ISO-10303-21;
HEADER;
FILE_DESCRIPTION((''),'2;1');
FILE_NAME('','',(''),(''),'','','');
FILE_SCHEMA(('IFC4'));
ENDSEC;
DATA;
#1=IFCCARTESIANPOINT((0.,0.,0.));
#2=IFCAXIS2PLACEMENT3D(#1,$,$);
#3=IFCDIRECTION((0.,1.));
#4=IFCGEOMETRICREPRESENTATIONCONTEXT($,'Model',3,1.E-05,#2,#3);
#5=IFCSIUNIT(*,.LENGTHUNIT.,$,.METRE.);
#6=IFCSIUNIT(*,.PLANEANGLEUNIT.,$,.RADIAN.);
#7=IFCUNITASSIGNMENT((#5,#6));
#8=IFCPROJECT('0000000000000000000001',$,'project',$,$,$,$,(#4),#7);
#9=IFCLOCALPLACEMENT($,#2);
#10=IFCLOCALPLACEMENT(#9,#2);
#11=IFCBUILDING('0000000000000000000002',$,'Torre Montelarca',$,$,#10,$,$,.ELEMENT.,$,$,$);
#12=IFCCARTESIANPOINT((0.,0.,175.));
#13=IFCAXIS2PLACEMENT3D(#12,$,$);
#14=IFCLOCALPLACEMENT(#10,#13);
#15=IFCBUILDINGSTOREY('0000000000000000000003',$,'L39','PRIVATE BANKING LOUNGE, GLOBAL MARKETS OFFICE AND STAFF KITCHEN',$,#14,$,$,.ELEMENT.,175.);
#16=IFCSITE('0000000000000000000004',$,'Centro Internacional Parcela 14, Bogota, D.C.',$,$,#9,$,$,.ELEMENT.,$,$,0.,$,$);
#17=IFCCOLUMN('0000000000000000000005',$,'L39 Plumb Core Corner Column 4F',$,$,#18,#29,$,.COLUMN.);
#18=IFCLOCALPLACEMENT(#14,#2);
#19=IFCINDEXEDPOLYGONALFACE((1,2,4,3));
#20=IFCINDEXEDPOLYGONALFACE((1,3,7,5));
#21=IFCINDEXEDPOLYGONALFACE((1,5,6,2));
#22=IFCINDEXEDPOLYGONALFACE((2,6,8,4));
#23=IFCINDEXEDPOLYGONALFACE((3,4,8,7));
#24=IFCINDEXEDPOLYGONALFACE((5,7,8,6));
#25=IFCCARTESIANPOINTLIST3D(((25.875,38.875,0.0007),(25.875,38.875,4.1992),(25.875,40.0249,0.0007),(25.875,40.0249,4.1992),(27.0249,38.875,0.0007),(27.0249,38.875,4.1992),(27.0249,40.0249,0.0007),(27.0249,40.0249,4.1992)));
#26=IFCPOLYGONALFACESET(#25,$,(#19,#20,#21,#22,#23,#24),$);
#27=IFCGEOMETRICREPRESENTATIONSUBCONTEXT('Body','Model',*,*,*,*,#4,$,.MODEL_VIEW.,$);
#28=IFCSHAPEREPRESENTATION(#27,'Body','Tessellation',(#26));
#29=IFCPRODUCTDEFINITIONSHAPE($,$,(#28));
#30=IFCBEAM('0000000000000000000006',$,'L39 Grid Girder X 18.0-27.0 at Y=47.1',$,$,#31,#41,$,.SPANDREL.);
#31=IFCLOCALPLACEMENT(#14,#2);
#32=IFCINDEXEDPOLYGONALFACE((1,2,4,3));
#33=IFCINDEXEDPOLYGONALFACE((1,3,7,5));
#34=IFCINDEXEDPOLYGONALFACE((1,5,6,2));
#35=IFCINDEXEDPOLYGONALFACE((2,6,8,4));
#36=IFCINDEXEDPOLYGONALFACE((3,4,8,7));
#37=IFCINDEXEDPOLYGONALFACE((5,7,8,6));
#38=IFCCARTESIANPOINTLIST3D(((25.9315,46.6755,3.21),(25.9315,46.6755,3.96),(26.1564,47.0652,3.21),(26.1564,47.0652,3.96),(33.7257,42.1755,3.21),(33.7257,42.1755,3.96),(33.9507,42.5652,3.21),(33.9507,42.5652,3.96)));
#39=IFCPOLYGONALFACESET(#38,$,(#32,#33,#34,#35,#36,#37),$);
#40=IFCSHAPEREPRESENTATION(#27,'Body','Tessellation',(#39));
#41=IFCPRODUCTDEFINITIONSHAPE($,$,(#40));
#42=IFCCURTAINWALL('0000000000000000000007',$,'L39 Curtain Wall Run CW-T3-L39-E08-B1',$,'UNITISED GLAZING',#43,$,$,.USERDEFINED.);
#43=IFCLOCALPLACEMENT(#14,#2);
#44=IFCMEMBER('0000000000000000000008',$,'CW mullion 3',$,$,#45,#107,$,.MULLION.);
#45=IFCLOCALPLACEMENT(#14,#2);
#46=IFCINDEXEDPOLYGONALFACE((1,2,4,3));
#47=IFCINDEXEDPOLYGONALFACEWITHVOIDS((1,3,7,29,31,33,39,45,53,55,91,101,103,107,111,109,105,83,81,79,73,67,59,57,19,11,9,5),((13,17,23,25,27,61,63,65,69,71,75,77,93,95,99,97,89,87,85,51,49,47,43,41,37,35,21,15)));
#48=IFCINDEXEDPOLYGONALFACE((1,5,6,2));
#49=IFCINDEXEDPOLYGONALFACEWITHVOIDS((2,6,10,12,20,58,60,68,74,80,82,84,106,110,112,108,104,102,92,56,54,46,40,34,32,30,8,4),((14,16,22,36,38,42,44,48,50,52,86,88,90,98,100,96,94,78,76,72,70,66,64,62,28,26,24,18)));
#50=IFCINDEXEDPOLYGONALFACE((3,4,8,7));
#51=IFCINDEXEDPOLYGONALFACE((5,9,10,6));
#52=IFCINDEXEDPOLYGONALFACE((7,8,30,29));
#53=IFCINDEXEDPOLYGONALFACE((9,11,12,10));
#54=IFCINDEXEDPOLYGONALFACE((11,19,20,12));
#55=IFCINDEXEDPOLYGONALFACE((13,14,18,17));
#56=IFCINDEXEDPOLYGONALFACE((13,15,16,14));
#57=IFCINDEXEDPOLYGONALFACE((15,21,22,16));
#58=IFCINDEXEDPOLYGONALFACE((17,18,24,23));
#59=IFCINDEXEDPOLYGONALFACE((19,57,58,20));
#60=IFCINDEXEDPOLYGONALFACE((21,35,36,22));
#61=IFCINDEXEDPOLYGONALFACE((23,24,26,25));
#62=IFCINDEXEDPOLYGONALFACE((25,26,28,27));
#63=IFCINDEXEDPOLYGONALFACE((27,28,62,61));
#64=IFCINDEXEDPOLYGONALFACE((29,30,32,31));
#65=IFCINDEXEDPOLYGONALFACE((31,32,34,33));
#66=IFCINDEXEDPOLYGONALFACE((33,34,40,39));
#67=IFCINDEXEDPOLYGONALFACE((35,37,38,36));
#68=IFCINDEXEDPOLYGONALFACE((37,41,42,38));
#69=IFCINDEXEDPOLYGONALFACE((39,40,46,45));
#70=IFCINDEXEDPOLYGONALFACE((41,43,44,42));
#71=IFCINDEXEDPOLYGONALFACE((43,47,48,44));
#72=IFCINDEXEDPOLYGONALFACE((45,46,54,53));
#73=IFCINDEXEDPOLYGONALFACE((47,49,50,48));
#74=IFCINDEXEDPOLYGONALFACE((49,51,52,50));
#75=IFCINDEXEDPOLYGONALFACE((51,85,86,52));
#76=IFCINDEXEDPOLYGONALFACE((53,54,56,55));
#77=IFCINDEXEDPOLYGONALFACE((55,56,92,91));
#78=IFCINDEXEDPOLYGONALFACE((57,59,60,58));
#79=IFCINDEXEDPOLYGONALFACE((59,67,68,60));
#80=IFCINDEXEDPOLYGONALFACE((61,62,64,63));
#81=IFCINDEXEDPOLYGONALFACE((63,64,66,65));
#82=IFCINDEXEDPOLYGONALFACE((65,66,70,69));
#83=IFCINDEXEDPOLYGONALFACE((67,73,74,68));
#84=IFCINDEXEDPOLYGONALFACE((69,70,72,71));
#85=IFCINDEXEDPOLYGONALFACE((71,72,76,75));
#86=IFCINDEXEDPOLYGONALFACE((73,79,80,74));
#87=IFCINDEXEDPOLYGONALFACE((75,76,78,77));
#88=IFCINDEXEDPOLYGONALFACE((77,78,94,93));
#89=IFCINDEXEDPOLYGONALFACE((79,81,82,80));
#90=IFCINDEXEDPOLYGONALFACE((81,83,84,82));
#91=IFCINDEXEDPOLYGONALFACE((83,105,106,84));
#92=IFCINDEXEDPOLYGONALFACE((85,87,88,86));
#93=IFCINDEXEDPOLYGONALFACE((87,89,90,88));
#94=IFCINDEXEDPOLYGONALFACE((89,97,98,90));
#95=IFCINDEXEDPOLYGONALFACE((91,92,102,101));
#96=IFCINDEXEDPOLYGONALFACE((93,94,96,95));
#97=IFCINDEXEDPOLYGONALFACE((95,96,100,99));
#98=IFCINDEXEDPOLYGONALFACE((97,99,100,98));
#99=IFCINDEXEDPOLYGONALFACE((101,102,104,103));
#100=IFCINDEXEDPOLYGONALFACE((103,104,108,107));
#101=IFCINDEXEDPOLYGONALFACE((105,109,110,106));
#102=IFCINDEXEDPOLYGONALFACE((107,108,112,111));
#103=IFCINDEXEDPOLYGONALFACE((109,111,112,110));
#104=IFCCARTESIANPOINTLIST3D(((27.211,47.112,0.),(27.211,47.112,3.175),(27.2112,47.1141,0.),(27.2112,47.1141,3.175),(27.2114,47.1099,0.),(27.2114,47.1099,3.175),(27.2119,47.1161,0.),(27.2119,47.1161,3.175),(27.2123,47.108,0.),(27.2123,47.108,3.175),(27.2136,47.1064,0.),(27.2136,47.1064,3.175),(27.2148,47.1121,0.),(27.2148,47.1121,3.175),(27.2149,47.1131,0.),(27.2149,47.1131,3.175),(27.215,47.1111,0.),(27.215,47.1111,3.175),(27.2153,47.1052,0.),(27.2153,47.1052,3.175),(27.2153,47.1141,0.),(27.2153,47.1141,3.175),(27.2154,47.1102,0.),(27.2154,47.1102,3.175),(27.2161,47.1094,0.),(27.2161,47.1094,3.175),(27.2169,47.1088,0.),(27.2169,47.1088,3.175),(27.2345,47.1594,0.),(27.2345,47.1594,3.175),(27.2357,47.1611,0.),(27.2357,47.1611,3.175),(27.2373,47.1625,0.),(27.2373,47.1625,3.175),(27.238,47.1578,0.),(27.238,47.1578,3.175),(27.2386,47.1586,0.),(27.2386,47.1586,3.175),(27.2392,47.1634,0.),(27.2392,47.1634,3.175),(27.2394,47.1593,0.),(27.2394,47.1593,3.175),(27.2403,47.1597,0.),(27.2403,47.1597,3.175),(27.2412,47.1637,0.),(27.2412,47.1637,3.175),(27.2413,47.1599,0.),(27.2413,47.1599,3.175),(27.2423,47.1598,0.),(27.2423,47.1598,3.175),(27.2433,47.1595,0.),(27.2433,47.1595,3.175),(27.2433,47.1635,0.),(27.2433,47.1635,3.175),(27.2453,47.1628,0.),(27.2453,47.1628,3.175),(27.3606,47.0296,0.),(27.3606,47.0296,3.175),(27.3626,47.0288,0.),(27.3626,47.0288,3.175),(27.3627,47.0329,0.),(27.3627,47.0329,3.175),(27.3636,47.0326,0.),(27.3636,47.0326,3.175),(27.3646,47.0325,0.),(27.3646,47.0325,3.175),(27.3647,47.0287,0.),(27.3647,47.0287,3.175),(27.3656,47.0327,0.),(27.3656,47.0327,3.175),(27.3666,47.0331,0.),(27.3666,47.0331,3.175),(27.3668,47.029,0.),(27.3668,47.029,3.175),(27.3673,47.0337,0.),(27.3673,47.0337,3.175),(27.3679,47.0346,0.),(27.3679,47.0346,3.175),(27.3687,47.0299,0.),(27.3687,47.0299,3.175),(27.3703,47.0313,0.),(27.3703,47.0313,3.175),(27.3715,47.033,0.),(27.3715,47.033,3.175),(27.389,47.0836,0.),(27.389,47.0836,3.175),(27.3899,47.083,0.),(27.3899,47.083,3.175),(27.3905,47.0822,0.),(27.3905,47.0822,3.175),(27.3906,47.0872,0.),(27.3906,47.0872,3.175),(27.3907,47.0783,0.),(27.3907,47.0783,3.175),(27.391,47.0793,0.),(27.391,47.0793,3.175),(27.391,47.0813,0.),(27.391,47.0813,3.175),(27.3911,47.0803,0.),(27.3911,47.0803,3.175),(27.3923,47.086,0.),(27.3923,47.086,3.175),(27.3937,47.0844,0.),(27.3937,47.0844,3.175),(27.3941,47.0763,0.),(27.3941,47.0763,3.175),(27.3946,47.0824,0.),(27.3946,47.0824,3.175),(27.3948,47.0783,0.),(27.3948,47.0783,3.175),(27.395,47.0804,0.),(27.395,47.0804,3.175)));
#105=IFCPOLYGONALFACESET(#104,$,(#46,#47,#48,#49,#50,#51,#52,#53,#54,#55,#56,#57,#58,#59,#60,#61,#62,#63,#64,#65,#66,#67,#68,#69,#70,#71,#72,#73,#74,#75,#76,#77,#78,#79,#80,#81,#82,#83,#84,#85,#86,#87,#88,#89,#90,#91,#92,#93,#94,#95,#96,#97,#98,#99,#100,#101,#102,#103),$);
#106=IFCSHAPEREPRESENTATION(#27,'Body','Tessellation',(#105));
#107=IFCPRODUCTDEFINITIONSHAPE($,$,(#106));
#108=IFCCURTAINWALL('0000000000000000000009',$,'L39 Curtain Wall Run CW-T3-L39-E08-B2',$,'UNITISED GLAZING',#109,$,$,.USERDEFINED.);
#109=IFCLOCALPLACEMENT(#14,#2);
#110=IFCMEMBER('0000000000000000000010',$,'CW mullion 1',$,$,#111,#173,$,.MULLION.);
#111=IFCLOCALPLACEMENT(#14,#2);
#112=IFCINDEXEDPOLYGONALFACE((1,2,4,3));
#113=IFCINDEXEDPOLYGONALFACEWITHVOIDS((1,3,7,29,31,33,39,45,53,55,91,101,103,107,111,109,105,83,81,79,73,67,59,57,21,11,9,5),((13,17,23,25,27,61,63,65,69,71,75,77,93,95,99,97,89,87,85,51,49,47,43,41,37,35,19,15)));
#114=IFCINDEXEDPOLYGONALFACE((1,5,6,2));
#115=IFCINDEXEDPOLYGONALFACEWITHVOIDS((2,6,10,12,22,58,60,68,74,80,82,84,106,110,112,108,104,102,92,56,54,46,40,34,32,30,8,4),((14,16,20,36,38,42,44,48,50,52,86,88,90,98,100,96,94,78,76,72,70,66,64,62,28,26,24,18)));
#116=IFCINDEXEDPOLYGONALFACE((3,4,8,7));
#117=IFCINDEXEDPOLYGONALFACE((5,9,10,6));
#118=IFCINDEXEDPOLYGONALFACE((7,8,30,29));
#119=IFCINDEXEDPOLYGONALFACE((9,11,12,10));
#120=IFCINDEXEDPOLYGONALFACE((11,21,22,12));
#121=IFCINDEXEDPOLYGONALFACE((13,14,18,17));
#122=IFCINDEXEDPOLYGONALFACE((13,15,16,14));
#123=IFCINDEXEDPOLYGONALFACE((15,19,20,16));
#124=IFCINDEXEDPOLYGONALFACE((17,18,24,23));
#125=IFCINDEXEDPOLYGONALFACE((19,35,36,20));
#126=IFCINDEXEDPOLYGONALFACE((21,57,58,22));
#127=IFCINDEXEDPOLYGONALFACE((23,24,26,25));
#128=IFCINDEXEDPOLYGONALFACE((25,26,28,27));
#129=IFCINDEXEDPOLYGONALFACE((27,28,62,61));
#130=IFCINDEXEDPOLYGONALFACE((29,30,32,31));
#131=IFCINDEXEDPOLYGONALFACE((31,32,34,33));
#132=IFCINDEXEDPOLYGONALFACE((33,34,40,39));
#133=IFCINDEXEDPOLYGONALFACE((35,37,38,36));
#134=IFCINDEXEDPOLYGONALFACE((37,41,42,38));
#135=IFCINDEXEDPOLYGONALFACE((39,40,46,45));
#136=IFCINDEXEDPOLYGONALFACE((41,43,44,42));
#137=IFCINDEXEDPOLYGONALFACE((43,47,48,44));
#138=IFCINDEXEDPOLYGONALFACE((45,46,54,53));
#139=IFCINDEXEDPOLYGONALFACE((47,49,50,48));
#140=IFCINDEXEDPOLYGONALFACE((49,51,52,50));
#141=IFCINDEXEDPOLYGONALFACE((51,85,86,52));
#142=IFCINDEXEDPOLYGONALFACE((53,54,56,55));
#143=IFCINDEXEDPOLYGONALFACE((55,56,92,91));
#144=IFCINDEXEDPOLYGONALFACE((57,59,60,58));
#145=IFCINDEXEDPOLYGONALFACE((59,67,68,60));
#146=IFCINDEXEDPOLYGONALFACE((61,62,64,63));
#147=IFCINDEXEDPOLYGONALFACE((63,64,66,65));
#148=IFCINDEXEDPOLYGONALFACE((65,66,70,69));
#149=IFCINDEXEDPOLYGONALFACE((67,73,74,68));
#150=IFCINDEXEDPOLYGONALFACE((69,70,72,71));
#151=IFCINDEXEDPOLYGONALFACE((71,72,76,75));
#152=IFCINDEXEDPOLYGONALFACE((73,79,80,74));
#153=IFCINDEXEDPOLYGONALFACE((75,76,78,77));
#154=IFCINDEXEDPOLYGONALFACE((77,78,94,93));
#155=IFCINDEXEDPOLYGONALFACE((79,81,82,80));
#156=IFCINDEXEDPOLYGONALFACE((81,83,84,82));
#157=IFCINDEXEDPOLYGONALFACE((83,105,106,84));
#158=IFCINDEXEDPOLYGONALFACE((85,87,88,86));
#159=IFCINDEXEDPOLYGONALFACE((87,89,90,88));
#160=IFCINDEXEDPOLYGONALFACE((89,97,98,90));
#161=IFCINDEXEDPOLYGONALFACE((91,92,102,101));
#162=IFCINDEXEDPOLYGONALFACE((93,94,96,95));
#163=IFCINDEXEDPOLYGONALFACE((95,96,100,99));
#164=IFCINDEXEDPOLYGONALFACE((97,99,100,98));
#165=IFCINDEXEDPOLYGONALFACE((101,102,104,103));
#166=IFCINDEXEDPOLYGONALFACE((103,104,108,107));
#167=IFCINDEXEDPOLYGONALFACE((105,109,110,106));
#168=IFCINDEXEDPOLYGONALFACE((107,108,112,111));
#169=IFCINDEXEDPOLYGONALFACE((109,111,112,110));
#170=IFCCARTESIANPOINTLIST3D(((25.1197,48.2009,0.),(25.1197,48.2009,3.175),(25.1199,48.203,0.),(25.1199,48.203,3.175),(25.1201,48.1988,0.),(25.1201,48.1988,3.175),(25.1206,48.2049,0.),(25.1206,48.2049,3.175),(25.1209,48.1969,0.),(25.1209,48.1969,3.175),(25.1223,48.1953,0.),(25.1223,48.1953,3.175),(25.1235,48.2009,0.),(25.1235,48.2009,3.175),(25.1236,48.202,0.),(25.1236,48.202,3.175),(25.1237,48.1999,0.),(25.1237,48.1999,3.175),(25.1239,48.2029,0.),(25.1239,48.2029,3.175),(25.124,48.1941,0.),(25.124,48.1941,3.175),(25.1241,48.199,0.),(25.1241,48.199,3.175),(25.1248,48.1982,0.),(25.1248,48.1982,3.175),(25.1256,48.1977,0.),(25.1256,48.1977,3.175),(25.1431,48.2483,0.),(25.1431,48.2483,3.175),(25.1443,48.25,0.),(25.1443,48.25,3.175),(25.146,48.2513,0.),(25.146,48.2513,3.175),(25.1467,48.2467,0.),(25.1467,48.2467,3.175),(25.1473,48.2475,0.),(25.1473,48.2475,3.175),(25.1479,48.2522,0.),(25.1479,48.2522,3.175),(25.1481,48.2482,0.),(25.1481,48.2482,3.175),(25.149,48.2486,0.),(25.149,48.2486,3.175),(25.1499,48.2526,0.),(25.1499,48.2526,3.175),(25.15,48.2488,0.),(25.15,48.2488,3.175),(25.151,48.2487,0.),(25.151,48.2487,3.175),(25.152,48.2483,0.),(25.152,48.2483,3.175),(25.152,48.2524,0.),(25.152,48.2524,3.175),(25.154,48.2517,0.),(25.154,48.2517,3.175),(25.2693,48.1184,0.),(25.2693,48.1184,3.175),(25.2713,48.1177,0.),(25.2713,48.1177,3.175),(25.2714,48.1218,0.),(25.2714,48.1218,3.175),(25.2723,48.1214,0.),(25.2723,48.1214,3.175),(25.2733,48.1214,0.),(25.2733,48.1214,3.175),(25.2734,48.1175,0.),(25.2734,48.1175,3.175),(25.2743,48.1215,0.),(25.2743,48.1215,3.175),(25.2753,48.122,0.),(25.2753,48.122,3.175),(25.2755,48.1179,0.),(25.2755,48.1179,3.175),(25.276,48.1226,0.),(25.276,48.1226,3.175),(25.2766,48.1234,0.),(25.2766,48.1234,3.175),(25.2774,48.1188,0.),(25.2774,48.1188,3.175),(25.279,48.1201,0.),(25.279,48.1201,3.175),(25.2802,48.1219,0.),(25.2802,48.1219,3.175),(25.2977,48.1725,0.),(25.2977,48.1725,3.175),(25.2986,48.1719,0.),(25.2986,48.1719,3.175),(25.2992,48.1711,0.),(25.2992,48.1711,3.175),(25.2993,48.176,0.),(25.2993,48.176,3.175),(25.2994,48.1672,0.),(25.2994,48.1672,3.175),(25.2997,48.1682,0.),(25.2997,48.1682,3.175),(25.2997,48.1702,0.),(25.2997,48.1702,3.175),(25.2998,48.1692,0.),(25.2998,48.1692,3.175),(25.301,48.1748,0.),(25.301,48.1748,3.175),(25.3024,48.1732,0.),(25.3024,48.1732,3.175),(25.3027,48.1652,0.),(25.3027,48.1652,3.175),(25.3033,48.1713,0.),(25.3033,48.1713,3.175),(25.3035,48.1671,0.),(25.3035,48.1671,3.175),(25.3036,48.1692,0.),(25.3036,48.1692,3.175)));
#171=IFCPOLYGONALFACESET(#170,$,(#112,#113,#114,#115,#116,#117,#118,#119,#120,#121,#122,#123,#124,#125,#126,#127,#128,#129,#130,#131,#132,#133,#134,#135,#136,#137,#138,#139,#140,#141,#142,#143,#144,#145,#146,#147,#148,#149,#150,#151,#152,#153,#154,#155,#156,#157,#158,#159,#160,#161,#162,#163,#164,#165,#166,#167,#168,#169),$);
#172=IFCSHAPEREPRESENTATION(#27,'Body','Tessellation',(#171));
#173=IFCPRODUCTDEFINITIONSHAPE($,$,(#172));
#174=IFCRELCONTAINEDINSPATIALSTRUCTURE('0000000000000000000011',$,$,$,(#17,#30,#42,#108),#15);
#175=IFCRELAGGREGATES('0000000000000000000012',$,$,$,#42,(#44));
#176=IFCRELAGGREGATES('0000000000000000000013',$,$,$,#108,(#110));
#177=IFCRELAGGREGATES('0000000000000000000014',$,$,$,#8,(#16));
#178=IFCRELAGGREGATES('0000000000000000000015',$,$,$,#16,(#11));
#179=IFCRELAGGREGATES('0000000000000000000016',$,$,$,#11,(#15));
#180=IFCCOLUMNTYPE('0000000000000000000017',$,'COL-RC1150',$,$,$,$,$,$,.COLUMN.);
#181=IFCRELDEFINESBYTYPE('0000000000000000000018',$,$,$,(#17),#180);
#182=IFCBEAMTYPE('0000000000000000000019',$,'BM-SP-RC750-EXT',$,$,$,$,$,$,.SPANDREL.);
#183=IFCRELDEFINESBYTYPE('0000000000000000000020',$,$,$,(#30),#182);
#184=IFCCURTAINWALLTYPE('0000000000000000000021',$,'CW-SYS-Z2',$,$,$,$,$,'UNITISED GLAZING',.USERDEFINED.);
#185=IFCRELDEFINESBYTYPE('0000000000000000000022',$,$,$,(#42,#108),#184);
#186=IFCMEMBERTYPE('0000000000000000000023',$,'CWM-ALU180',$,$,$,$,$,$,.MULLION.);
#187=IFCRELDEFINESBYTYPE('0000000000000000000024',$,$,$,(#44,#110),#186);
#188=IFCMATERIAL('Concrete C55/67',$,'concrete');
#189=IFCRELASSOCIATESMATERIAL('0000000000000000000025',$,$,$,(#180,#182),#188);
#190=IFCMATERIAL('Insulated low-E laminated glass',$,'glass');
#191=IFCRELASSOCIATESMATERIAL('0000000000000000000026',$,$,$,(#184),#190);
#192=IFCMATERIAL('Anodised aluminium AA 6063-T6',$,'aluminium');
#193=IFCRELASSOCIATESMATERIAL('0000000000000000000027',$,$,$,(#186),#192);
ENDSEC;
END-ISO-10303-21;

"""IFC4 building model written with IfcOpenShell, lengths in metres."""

from ifc_helpers import new_model, si_unit, direction, frame, origin, origin_2d, place, context, subcontext, project, spatial, rectangle, hollow_rectangle, extrude, source, transform, mapped, material, material_profile, profile_set, type_object, element, aggregate, save


model = new_model("IFC4")

# Units and contexts
model_context = context("Model", 3, precision=1e-05, world=origin(), true_north=direction((0.0, 1.0)))
body_context = subcontext(model_context, "Body", "Model", "MODEL_VIEW")
ifc_project = project(units=[si_unit("LENGTHUNIT", "METRE"), si_unit("PLANEANGLEUNIT", "RADIAN")], contexts=[model_context])

# Site, building, storey
site_placement = place(None, origin())
site = spatial("IfcSite", under=ifc_project, at=site_placement, Name="Centro Internacional Parcela 14, Bogota, D.C.", CompositionType="ELEMENT", RefElevation=0.0)
building_placement = place(site_placement, origin())
building = spatial("IfcBuilding", under=site, at=building_placement, Name="Torre Montelarca", CompositionType="ELEMENT")
storey_placement = place(building_placement, frame((0.0, 0.0, 175.0)))
storey = spatial("IfcBuildingStorey", under=building, at=storey_placement, Name="L39", Description="PRIVATE BANKING LOUNGE, GLOBAL MARKETS OFFICE AND STAFF KITCHEN", CompositionType="ELEMENT", Elevation=175.0)

# Column
ifc_material_1 = material(Name="Concrete C55/67", Category="concrete")
ifc_material_profile_1 = material_profile(ifc_material_1, rectangle(XDim=1.1499, YDim=1.1499, at=origin_2d()), Name="RC1150X1150", Category="concrete")
ifc_profile_set_1 = profile_set([ifc_material_profile_1], Name="Concrete C55/67")
column_type_1 = type_object("IfcColumnType", Name="COL-RC1150", PredefinedType="COLUMN", material=ifc_profile_set_1)
shared_shape_1 = source(origin(), body_context, "Body", "SweptSolid", [
    extrude(rectangle(XDim=1.1499, YDim=1.1499, at=origin_2d()), origin(), (0.0, 0.0, 1.0), 4.1985),
])
column_1_placement = place(storey_placement, frame((26.45, 39.45, 0.0007), z_axis=(0.0, 0.0, 1.0), x_axis=(1.0, 0.0, 0.0)))
element("IfcColumn", 1, at=column_1_placement, inside=storey, type_object=column_type_1, Name="L39 Plumb Core Corner Column 4F", PredefinedType="COLUMN", context=body_context, shape_type="MappedRepresentation", body=[
    mapped(shared_shape_1, transform((0.0, 0.0, 0.0), scale=1.0)),
])

# Beam
ifc_material_profile_2 = material_profile(ifc_material_1, rectangle(XDim=0.45, YDim=0.75, at=origin_2d()), Name="RCB450X750", Category="concrete")
ifc_profile_set_2 = profile_set([ifc_material_profile_2], Name="Concrete C55/67")
beam_type = type_object("IfcBeamType", Name="BM-SP-RC750-EXT", PredefinedType="SPANDREL", material=ifc_profile_set_2)
shared_shape_2 = source(origin(), body_context, "Body", "SweptSolid", [
    extrude(rectangle(XDim=0.45, YDim=0.75, at=origin_2d()), origin(), (0.0, 0.0, 1.0), 9.0),
])
beam_placement = place(storey_placement, frame((26.0439, 46.8704, 3.585), z_axis=(0.866024, -0.500002, 0.0), x_axis=(0.500002, 0.866024, 0.0)))
element("IfcBeam", 2, at=beam_placement, inside=storey, type_object=beam_type, Name="L39 Grid Girder X 18.0-27.0 at Y=47.1", PredefinedType="SPANDREL", context=body_context, shape_type="MappedRepresentation", body=[
    mapped(shared_shape_2, transform((0.0, 0.0, 0.0), scale=1.0)),
])

# Curtain wall, member
ifc_material_2 = material(Name="Insulated low-E laminated glass", Category="glass")
curtain_wall_type = type_object("IfcCurtainWallType", Name="CW-SYS-Z2", ElementType="UNITISED GLAZING", PredefinedType="USERDEFINED", material=ifc_material_2)
curtain_wall_1_placement = place(storey_placement, origin())
curtain_wall_1 = element("IfcCurtainWall", 3, at=curtain_wall_1_placement, inside=storey, type_object=curtain_wall_type, Name="L39 Curtain Wall Run CW-T3-L39-E08-B1", ObjectType="UNITISED GLAZING", PredefinedType="USERDEFINED")
ifc_material_3 = material(Name="Anodised aluminium AA 6063-T6", Category="aluminium")
ifc_material_profile_3 = material_profile(ifc_material_3, hollow_rectangle(XDim=0.0649, YDim=0.1799, WallThickness=0.0039, InnerFilletRadius=0.0039, OuterFilletRadius=0.0081, at=origin_2d()), Name="ALU65X180X4", Category="aluminium")
ifc_profile_set_3 = profile_set([ifc_material_profile_3], Name="Anodised aluminium AA 6063-T6")
member_type_1 = type_object("IfcMemberType", Name="CWM-ALU180", PredefinedType="MULLION", material=ifc_profile_set_3)
shared_shape_3 = source(origin(), body_context, "Body", "SweptSolid", [
    extrude(hollow_rectangle(XDim=0.0649, YDim=0.1799, WallThickness=0.0039, InnerFilletRadius=0.0039, OuterFilletRadius=0.0081, at=origin_2d()), origin(), (0.0, 0.0, 1.0), 3.175),
])
member_1_placement = place(storey_placement, frame((27.303, 47.0962, 0.0), z_axis=(0.0, 0.0, 1.0), x_axis=(-0.461748, -0.887011, 0.0)))
member_1 = element("IfcMember", 4, at=member_1_placement, type_object=member_type_1, Name="CW mullion 3", PredefinedType="MULLION", context=body_context, shape_type="MappedRepresentation", body=[
    mapped(shared_shape_3, transform((0.0, 0.0, 0.0), scale=1.0)),
])
aggregate(curtain_wall_1, [member_1])

# Curtain wall, member
curtain_wall_2_placement = place(storey_placement, origin())
curtain_wall_2 = element("IfcCurtainWall", 5, at=curtain_wall_2_placement, inside=storey, type_object=curtain_wall_type, Name="L39 Curtain Wall Run CW-T3-L39-E08-B2", ObjectType="UNITISED GLAZING", PredefinedType="USERDEFINED")
member_2_placement = place(storey_placement, frame((25.2117, 48.1851, 0.0), z_axis=(0.0, 0.0, 1.0), x_axis=(-0.461742, -0.887014, 0.0)))
member_2 = element("IfcMember", 6, at=member_2_placement, type_object=member_type_1, Name="CW mullion 1", PredefinedType="MULLION", context=body_context, shape_type="MappedRepresentation", body=[
    mapped(shared_shape_3, transform((0.0, 0.0, 0.0), scale=1.0)),
])
aggregate(curtain_wall_2, [member_2])

save(model, "model.ifc")
